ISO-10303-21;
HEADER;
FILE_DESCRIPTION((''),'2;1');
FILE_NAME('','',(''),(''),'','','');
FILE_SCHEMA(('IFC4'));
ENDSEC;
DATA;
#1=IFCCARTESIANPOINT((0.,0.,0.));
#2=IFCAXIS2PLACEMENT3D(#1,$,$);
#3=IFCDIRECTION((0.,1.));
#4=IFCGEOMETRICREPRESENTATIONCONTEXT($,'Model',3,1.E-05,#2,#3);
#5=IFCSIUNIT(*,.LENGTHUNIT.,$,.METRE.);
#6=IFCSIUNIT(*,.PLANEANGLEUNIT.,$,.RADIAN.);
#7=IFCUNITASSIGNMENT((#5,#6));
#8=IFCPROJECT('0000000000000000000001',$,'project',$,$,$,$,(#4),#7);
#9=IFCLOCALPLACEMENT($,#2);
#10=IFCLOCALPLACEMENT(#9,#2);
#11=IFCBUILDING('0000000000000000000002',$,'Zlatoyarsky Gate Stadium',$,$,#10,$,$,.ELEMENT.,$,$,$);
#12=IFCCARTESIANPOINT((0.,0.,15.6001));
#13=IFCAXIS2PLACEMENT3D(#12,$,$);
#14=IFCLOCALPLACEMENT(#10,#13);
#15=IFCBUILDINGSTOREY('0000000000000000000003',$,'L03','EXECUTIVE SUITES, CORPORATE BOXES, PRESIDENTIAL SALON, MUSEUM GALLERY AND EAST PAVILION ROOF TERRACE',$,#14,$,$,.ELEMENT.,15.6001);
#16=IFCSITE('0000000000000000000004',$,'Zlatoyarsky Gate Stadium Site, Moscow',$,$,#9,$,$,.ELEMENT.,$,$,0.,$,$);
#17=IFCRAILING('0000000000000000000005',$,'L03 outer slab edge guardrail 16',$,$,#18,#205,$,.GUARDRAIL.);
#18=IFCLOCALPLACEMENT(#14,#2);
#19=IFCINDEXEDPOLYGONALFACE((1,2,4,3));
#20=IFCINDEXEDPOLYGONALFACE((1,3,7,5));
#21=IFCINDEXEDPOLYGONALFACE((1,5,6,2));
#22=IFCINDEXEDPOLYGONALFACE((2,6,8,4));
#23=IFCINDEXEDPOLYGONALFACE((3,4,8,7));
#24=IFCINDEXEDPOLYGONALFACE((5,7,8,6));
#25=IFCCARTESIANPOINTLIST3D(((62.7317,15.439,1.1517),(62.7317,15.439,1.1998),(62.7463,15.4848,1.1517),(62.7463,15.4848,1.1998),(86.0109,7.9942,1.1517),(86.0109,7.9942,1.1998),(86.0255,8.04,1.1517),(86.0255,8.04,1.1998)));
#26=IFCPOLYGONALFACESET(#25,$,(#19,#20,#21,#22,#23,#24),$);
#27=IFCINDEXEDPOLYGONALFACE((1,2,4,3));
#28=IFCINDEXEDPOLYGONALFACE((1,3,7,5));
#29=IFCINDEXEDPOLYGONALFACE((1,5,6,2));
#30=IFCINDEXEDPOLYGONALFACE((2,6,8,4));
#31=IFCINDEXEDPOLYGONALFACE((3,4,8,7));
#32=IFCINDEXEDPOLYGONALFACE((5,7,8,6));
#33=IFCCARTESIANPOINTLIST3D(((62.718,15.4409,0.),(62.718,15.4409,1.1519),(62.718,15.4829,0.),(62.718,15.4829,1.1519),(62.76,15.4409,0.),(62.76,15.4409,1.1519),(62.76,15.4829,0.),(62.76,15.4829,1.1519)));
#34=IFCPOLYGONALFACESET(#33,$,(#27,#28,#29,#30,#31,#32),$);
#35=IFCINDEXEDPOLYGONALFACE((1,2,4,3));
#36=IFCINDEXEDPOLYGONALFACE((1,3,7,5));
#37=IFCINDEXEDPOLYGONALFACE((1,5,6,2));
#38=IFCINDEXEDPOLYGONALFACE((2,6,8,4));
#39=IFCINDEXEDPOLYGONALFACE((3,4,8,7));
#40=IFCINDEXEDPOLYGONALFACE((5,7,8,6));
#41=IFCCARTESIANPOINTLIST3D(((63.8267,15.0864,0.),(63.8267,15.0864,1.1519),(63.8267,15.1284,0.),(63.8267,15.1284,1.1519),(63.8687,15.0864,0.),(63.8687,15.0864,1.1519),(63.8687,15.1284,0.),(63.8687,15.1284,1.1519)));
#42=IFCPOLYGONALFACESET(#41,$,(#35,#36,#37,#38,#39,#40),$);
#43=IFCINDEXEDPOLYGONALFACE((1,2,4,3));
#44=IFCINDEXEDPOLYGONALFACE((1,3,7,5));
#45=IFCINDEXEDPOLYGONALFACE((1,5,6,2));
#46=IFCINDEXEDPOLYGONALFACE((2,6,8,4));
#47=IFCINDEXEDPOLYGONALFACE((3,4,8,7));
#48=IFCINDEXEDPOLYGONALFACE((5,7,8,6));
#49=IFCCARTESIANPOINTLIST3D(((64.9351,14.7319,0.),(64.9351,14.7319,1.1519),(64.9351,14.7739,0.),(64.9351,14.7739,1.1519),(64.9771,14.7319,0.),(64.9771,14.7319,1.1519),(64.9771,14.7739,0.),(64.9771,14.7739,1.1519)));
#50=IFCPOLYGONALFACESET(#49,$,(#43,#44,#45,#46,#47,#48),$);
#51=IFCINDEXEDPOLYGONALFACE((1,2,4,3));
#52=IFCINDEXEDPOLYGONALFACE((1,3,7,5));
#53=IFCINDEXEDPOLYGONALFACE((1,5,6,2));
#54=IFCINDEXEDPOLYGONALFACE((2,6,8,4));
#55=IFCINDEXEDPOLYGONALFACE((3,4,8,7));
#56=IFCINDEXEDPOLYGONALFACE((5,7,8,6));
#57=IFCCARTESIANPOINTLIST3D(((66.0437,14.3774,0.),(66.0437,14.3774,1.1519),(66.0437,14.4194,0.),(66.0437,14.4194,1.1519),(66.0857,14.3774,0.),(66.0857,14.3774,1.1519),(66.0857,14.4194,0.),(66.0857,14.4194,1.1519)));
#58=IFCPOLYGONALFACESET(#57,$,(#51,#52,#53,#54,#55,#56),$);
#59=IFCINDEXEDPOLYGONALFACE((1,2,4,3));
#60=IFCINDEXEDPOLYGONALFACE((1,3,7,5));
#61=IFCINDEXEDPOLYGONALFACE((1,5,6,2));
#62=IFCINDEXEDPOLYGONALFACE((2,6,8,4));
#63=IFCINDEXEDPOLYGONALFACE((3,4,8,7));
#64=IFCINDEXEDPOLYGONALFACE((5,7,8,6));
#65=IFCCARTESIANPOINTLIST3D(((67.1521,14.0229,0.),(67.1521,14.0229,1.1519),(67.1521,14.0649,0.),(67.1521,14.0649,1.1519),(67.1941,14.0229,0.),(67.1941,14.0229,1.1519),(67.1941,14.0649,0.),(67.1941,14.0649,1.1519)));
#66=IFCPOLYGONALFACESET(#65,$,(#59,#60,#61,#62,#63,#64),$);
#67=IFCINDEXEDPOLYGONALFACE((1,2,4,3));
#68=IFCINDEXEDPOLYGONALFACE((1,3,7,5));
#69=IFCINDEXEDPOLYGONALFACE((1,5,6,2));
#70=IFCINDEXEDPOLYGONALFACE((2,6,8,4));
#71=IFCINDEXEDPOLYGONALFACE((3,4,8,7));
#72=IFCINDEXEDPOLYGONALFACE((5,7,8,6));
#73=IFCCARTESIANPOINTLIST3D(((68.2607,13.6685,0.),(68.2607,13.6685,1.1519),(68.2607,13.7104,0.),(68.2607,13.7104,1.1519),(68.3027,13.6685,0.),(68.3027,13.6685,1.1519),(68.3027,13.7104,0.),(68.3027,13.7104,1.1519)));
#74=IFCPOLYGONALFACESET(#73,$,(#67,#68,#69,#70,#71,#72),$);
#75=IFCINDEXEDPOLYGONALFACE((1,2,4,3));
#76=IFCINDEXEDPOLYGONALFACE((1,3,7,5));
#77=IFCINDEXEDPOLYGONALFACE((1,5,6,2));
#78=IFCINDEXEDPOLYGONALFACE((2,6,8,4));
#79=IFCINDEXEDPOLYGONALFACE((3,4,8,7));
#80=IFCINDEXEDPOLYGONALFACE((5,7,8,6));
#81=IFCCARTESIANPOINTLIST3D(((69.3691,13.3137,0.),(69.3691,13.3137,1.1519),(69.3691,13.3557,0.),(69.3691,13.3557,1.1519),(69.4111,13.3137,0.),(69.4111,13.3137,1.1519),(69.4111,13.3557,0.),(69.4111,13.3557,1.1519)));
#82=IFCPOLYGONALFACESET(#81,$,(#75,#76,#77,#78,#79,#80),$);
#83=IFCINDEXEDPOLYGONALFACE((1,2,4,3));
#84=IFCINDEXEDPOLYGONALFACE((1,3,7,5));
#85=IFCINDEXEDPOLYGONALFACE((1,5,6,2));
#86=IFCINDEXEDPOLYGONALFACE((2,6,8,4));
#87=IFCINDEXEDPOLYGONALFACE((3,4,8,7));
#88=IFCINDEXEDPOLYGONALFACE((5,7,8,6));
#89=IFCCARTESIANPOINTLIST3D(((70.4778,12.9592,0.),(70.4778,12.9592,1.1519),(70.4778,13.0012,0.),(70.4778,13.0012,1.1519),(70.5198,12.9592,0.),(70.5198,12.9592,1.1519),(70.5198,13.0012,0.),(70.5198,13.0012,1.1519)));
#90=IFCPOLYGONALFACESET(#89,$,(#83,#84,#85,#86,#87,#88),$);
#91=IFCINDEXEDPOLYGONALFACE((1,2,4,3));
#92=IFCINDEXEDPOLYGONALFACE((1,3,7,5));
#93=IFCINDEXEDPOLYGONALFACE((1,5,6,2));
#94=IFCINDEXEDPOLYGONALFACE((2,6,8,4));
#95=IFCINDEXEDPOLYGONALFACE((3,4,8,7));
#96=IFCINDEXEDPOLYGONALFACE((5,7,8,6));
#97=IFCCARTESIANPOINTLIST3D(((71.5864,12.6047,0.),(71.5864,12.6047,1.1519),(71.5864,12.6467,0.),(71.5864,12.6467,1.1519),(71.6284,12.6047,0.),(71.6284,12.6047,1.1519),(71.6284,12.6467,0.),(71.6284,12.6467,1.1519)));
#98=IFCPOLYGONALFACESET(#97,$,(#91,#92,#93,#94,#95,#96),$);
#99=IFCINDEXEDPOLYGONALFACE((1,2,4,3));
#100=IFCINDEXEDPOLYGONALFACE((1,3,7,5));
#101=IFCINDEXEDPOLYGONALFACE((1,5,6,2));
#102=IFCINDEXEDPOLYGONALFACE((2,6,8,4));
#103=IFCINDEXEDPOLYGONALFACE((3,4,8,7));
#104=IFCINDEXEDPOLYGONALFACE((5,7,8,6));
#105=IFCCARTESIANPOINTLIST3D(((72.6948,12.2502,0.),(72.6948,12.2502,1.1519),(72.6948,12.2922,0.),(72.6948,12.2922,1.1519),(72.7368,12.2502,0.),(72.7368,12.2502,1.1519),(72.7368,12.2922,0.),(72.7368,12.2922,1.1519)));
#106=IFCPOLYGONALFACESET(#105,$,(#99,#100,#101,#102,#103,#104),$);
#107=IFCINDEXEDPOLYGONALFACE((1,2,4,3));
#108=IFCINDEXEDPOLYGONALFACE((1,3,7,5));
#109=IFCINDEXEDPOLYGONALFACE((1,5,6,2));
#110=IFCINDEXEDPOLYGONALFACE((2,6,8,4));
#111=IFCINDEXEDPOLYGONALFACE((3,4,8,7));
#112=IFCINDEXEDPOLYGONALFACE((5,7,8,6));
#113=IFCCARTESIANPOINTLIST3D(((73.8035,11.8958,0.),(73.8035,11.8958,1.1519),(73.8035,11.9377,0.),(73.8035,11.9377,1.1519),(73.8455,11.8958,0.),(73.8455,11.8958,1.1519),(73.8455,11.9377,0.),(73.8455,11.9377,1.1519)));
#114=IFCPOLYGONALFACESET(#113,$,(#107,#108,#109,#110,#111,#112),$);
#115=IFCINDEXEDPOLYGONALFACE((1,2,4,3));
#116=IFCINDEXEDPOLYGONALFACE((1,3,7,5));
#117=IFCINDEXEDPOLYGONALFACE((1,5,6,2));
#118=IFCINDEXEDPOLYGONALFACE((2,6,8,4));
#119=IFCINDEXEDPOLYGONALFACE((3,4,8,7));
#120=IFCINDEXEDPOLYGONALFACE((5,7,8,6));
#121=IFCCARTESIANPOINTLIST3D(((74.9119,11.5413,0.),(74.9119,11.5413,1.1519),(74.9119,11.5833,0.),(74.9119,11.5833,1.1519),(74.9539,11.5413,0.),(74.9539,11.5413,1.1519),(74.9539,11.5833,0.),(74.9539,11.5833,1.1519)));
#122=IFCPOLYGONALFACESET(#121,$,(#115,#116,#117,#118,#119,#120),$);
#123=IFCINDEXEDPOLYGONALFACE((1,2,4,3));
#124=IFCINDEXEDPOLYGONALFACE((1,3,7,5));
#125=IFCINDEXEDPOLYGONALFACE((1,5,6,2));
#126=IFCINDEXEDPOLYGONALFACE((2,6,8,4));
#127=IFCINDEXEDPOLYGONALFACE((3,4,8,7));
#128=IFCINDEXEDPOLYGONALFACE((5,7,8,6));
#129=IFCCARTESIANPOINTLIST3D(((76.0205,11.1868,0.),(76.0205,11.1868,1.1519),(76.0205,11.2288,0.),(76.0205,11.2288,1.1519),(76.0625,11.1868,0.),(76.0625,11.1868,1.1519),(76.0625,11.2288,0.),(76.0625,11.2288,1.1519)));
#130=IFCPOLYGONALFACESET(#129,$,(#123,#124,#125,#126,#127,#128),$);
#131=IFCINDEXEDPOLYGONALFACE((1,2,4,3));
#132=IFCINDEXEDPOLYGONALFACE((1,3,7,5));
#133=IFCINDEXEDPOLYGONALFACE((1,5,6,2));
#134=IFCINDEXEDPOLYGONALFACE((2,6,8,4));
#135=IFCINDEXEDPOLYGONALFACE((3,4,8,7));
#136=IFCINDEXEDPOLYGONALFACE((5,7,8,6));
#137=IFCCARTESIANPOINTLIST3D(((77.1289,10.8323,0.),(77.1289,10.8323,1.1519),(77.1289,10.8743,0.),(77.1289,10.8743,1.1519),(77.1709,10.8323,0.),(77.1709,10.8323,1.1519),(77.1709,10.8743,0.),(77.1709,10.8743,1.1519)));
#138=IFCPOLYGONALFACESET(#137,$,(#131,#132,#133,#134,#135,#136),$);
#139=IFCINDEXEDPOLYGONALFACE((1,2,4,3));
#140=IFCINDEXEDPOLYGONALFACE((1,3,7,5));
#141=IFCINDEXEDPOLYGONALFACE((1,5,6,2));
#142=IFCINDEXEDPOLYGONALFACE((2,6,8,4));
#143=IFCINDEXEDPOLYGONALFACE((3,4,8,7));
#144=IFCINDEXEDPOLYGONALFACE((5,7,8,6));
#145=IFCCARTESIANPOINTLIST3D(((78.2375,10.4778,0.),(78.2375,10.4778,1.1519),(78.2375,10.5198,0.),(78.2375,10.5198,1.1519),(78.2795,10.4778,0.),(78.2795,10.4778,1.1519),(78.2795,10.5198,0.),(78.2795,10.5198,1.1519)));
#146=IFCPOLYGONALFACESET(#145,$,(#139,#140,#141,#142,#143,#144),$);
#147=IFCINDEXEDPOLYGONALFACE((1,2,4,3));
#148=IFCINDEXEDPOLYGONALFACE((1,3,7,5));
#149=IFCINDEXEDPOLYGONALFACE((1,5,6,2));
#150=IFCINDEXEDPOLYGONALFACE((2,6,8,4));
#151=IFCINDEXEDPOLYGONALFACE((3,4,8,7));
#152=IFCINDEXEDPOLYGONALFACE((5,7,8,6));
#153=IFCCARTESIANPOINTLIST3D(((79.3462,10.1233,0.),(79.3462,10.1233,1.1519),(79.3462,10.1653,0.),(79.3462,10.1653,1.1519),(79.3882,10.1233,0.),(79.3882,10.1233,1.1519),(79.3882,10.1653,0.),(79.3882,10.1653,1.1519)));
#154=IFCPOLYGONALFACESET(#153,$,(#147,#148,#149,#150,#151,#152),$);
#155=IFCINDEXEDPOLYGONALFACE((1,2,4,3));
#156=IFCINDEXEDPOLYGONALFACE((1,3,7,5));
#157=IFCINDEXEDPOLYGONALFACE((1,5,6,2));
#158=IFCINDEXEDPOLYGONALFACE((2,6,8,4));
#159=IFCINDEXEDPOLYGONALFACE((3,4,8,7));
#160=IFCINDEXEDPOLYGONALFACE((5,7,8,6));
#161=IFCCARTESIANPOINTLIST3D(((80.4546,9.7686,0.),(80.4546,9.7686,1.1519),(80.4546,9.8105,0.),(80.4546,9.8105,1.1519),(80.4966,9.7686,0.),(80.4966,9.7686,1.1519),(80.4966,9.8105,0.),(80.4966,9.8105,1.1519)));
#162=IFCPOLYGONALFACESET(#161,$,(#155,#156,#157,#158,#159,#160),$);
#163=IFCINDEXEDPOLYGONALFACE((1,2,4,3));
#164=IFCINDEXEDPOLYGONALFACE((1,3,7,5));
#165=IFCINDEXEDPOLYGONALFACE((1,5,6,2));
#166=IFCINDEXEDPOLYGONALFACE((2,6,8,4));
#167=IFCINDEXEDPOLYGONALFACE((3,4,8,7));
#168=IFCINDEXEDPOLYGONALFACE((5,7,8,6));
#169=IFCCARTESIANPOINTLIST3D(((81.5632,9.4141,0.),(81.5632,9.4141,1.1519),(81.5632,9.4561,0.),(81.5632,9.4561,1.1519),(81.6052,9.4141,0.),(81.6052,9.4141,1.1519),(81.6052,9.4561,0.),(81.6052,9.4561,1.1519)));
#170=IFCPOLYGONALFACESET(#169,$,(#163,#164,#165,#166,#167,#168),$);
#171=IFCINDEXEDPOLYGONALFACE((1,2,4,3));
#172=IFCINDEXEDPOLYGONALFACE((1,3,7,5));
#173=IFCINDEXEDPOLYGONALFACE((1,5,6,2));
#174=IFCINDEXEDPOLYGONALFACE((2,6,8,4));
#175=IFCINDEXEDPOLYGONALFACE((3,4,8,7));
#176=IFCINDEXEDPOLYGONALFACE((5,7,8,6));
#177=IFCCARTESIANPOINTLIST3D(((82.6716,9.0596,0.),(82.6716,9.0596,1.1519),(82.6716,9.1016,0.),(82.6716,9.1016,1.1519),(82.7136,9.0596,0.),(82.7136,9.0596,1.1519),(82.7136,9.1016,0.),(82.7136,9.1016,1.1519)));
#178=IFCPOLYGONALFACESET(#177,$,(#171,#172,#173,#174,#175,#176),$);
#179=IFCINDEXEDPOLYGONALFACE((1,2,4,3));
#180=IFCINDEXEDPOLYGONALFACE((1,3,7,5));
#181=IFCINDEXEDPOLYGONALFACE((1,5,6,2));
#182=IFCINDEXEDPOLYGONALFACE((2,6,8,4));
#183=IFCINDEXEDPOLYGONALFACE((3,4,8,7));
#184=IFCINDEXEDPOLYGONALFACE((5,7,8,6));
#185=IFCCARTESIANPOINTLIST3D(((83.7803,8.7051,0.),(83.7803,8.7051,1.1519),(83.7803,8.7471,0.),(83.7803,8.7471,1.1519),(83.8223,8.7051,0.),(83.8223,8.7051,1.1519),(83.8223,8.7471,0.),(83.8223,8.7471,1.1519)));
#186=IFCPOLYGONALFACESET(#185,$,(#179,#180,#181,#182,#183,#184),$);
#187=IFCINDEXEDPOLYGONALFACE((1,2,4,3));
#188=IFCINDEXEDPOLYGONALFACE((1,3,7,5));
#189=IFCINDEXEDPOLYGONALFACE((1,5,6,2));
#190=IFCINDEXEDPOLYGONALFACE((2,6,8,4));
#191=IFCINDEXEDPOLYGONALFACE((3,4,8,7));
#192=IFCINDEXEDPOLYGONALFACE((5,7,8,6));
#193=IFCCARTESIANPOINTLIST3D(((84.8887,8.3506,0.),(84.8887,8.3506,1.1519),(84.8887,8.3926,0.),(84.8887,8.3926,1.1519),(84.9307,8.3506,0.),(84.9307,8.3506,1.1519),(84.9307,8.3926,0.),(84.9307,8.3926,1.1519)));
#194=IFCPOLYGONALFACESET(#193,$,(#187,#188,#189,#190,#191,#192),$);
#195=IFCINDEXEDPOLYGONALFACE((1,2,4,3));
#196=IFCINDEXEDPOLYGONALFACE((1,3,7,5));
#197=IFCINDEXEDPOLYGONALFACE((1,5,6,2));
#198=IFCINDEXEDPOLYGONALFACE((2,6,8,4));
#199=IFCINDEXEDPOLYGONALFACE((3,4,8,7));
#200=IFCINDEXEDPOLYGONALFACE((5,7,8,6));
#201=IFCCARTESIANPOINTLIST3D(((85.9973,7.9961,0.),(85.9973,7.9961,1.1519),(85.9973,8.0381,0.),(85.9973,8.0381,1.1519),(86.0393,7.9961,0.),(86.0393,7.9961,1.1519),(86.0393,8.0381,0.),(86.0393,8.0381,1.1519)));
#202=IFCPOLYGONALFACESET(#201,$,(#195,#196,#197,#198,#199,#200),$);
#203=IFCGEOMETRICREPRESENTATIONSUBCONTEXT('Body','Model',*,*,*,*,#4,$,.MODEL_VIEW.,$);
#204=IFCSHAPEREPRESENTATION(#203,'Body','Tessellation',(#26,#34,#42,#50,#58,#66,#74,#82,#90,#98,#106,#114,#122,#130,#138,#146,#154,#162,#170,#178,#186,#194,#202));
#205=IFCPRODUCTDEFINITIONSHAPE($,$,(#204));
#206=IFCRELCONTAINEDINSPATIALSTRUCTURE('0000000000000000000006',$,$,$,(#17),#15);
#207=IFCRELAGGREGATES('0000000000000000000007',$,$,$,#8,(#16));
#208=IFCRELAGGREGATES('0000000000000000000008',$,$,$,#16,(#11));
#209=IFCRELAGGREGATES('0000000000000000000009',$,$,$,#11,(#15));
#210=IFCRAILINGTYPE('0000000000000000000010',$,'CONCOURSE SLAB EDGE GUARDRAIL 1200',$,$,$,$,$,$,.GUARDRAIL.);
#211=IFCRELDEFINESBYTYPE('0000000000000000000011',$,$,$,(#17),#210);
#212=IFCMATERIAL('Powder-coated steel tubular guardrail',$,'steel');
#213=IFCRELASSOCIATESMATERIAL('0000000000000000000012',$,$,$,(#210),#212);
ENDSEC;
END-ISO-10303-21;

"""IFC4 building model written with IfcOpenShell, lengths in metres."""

from ifc_helpers import new_model, si_unit, direction, frame, origin, origin_2d, place, context, subcontext, project, spatial, rectangle, extrude, material, type_object, element, save


model = new_model("IFC4")

# Units and contexts
model_context = context("Model", 3, precision=1e-05, world=origin(), true_north=direction((0.0, 1.0)))
body_context = subcontext(model_context, "Body", "Model", "MODEL_VIEW")
ifc_project = project(units=[si_unit("LENGTHUNIT", "METRE"), si_unit("PLANEANGLEUNIT", "RADIAN")], contexts=[model_context])

# Site, building, storey
site_placement = place(None, origin())
site = spatial("IfcSite", under=ifc_project, at=site_placement, Name="Zlatoyarsky Gate Stadium Site, Moscow", CompositionType="ELEMENT", RefElevation=0.0)
building_placement = place(site_placement, origin())
building = spatial("IfcBuilding", under=site, at=building_placement, Name="Zlatoyarsky Gate Stadium", CompositionType="ELEMENT")
storey_placement = place(building_placement, frame((0.0, 0.0, 15.6001)))
storey = spatial("IfcBuildingStorey", under=building, at=storey_placement, Name="L03", Description="EXECUTIVE SUITES, CORPORATE BOXES, PRESIDENTIAL SALON, MUSEUM GALLERY AND EAST PAVILION ROOF TERRACE", CompositionType="ELEMENT", Elevation=15.6001)

# Railing
ifc_material_1 = material(Name="Powder-coated steel tubular guardrail", Category="steel")
railing_type = type_object("IfcRailingType", Name="CONCOURSE SLAB EDGE GUARDRAIL 1200", PredefinedType="GUARDRAIL", material=ifc_material_1)
railing_placement = place(storey_placement, frame((62.739, 15.4619, 0.0)))
element("IfcRailing", 1, at=railing_placement, inside=storey, type_object=railing_type, Name="L03 outer slab edge guardrail 16", PredefinedType="GUARDRAIL", context=body_context, shape_type="SweptSolid", body=[
    extrude(rectangle(XDim=0.0481, YDim=0.0481, at=origin_2d()), frame((0.0, 0.0, 1.1758), z_axis=(0.952478, -0.304607, 0.0), x_axis=(0.304607, 0.952478, 0.0)), (0.0, 0.0, 1.0), 24.4407),
    extrude(rectangle(XDim=0.042, YDim=0.042, at=origin_2d()), origin(), (0.0, 0.0, 1.0), 1.1519),
    extrude(rectangle(XDim=0.042, YDim=0.042, at=origin_2d()), frame((1.1086, -0.3545, 0.0)), (0.0, 0.0, 1.0), 1.1519),
    extrude(rectangle(XDim=0.042, YDim=0.042, at=origin_2d()), frame((2.217, -0.709, 0.0)), (0.0, 0.0, 1.0), 1.1519),
    extrude(rectangle(XDim=0.042, YDim=0.042, at=origin_2d()), frame((3.3257, -1.0635, 0.0)), (0.0, 0.0, 1.0), 1.1519),
    extrude(rectangle(XDim=0.042, YDim=0.042, at=origin_2d()), frame((4.4341, -1.418, 0.0)), (0.0, 0.0, 1.0), 1.1519),
    extrude(rectangle(XDim=0.042, YDim=0.042, at=origin_2d()), frame((5.5427, -1.7725, 0.0)), (0.0, 0.0, 1.0), 1.1519),
    extrude(rectangle(XDim=0.042, YDim=0.042, at=origin_2d()), frame((6.6511, -2.1272, 0.0)), (0.0, 0.0, 1.0), 1.1519),
    extrude(rectangle(XDim=0.042, YDim=0.042, at=origin_2d()), frame((7.7598, -2.4817, 0.0)), (0.0, 0.0, 1.0), 1.1519),
    extrude(rectangle(XDim=0.042, YDim=0.042, at=origin_2d()), frame((8.8684, -2.8362, 0.0)), (0.0, 0.0, 1.0), 1.1519),
    extrude(rectangle(XDim=0.042, YDim=0.042, at=origin_2d()), frame((9.9768, -3.1907, 0.0)), (0.0, 0.0, 1.0), 1.1519),
    extrude(rectangle(XDim=0.042, YDim=0.042, at=origin_2d()), frame((11.0854, -3.5452, 0.0)), (0.0, 0.0, 1.0), 1.1519),
    extrude(rectangle(XDim=0.042, YDim=0.042, at=origin_2d()), frame((12.1938, -3.8997, 0.0)), (0.0, 0.0, 1.0), 1.1519),
    extrude(rectangle(XDim=0.042, YDim=0.042, at=origin_2d()), frame((13.3025, -4.2542, 0.0)), (0.0, 0.0, 1.0), 1.1519),
    extrude(rectangle(XDim=0.042, YDim=0.042, at=origin_2d()), frame((14.4109, -4.6086, 0.0)), (0.0, 0.0, 1.0), 1.1519),
    extrude(rectangle(XDim=0.042, YDim=0.042, at=origin_2d()), frame((15.5195, -4.9631, 0.0)), (0.0, 0.0, 1.0), 1.1519),
    extrude(rectangle(XDim=0.042, YDim=0.042, at=origin_2d()), frame((16.6282, -5.3176, 0.0)), (0.0, 0.0, 1.0), 1.1519),
    extrude(rectangle(XDim=0.042, YDim=0.042, at=origin_2d()), frame((17.7366, -5.6724, 0.0)), (0.0, 0.0, 1.0), 1.1519),
    extrude(rectangle(XDim=0.042, YDim=0.042, at=origin_2d()), frame((18.8452, -6.0269, 0.0)), (0.0, 0.0, 1.0), 1.1519),
    extrude(rectangle(XDim=0.042, YDim=0.042, at=origin_2d()), frame((19.9536, -6.3813, 0.0)), (0.0, 0.0, 1.0), 1.1519),
    extrude(rectangle(XDim=0.042, YDim=0.042, at=origin_2d()), frame((21.0623, -6.7358, 0.0)), (0.0, 0.0, 1.0), 1.1519),
    extrude(rectangle(XDim=0.042, YDim=0.042, at=origin_2d()), frame((22.1707, -7.0903, 0.0)), (0.0, 0.0, 1.0), 1.1519),
    extrude(rectangle(XDim=0.042, YDim=0.042, at=origin_2d()), frame((23.2793, -7.4448, 0.0)), (0.0, 0.0, 1.0), 1.1519),
])

save(model, "model.ifc")
